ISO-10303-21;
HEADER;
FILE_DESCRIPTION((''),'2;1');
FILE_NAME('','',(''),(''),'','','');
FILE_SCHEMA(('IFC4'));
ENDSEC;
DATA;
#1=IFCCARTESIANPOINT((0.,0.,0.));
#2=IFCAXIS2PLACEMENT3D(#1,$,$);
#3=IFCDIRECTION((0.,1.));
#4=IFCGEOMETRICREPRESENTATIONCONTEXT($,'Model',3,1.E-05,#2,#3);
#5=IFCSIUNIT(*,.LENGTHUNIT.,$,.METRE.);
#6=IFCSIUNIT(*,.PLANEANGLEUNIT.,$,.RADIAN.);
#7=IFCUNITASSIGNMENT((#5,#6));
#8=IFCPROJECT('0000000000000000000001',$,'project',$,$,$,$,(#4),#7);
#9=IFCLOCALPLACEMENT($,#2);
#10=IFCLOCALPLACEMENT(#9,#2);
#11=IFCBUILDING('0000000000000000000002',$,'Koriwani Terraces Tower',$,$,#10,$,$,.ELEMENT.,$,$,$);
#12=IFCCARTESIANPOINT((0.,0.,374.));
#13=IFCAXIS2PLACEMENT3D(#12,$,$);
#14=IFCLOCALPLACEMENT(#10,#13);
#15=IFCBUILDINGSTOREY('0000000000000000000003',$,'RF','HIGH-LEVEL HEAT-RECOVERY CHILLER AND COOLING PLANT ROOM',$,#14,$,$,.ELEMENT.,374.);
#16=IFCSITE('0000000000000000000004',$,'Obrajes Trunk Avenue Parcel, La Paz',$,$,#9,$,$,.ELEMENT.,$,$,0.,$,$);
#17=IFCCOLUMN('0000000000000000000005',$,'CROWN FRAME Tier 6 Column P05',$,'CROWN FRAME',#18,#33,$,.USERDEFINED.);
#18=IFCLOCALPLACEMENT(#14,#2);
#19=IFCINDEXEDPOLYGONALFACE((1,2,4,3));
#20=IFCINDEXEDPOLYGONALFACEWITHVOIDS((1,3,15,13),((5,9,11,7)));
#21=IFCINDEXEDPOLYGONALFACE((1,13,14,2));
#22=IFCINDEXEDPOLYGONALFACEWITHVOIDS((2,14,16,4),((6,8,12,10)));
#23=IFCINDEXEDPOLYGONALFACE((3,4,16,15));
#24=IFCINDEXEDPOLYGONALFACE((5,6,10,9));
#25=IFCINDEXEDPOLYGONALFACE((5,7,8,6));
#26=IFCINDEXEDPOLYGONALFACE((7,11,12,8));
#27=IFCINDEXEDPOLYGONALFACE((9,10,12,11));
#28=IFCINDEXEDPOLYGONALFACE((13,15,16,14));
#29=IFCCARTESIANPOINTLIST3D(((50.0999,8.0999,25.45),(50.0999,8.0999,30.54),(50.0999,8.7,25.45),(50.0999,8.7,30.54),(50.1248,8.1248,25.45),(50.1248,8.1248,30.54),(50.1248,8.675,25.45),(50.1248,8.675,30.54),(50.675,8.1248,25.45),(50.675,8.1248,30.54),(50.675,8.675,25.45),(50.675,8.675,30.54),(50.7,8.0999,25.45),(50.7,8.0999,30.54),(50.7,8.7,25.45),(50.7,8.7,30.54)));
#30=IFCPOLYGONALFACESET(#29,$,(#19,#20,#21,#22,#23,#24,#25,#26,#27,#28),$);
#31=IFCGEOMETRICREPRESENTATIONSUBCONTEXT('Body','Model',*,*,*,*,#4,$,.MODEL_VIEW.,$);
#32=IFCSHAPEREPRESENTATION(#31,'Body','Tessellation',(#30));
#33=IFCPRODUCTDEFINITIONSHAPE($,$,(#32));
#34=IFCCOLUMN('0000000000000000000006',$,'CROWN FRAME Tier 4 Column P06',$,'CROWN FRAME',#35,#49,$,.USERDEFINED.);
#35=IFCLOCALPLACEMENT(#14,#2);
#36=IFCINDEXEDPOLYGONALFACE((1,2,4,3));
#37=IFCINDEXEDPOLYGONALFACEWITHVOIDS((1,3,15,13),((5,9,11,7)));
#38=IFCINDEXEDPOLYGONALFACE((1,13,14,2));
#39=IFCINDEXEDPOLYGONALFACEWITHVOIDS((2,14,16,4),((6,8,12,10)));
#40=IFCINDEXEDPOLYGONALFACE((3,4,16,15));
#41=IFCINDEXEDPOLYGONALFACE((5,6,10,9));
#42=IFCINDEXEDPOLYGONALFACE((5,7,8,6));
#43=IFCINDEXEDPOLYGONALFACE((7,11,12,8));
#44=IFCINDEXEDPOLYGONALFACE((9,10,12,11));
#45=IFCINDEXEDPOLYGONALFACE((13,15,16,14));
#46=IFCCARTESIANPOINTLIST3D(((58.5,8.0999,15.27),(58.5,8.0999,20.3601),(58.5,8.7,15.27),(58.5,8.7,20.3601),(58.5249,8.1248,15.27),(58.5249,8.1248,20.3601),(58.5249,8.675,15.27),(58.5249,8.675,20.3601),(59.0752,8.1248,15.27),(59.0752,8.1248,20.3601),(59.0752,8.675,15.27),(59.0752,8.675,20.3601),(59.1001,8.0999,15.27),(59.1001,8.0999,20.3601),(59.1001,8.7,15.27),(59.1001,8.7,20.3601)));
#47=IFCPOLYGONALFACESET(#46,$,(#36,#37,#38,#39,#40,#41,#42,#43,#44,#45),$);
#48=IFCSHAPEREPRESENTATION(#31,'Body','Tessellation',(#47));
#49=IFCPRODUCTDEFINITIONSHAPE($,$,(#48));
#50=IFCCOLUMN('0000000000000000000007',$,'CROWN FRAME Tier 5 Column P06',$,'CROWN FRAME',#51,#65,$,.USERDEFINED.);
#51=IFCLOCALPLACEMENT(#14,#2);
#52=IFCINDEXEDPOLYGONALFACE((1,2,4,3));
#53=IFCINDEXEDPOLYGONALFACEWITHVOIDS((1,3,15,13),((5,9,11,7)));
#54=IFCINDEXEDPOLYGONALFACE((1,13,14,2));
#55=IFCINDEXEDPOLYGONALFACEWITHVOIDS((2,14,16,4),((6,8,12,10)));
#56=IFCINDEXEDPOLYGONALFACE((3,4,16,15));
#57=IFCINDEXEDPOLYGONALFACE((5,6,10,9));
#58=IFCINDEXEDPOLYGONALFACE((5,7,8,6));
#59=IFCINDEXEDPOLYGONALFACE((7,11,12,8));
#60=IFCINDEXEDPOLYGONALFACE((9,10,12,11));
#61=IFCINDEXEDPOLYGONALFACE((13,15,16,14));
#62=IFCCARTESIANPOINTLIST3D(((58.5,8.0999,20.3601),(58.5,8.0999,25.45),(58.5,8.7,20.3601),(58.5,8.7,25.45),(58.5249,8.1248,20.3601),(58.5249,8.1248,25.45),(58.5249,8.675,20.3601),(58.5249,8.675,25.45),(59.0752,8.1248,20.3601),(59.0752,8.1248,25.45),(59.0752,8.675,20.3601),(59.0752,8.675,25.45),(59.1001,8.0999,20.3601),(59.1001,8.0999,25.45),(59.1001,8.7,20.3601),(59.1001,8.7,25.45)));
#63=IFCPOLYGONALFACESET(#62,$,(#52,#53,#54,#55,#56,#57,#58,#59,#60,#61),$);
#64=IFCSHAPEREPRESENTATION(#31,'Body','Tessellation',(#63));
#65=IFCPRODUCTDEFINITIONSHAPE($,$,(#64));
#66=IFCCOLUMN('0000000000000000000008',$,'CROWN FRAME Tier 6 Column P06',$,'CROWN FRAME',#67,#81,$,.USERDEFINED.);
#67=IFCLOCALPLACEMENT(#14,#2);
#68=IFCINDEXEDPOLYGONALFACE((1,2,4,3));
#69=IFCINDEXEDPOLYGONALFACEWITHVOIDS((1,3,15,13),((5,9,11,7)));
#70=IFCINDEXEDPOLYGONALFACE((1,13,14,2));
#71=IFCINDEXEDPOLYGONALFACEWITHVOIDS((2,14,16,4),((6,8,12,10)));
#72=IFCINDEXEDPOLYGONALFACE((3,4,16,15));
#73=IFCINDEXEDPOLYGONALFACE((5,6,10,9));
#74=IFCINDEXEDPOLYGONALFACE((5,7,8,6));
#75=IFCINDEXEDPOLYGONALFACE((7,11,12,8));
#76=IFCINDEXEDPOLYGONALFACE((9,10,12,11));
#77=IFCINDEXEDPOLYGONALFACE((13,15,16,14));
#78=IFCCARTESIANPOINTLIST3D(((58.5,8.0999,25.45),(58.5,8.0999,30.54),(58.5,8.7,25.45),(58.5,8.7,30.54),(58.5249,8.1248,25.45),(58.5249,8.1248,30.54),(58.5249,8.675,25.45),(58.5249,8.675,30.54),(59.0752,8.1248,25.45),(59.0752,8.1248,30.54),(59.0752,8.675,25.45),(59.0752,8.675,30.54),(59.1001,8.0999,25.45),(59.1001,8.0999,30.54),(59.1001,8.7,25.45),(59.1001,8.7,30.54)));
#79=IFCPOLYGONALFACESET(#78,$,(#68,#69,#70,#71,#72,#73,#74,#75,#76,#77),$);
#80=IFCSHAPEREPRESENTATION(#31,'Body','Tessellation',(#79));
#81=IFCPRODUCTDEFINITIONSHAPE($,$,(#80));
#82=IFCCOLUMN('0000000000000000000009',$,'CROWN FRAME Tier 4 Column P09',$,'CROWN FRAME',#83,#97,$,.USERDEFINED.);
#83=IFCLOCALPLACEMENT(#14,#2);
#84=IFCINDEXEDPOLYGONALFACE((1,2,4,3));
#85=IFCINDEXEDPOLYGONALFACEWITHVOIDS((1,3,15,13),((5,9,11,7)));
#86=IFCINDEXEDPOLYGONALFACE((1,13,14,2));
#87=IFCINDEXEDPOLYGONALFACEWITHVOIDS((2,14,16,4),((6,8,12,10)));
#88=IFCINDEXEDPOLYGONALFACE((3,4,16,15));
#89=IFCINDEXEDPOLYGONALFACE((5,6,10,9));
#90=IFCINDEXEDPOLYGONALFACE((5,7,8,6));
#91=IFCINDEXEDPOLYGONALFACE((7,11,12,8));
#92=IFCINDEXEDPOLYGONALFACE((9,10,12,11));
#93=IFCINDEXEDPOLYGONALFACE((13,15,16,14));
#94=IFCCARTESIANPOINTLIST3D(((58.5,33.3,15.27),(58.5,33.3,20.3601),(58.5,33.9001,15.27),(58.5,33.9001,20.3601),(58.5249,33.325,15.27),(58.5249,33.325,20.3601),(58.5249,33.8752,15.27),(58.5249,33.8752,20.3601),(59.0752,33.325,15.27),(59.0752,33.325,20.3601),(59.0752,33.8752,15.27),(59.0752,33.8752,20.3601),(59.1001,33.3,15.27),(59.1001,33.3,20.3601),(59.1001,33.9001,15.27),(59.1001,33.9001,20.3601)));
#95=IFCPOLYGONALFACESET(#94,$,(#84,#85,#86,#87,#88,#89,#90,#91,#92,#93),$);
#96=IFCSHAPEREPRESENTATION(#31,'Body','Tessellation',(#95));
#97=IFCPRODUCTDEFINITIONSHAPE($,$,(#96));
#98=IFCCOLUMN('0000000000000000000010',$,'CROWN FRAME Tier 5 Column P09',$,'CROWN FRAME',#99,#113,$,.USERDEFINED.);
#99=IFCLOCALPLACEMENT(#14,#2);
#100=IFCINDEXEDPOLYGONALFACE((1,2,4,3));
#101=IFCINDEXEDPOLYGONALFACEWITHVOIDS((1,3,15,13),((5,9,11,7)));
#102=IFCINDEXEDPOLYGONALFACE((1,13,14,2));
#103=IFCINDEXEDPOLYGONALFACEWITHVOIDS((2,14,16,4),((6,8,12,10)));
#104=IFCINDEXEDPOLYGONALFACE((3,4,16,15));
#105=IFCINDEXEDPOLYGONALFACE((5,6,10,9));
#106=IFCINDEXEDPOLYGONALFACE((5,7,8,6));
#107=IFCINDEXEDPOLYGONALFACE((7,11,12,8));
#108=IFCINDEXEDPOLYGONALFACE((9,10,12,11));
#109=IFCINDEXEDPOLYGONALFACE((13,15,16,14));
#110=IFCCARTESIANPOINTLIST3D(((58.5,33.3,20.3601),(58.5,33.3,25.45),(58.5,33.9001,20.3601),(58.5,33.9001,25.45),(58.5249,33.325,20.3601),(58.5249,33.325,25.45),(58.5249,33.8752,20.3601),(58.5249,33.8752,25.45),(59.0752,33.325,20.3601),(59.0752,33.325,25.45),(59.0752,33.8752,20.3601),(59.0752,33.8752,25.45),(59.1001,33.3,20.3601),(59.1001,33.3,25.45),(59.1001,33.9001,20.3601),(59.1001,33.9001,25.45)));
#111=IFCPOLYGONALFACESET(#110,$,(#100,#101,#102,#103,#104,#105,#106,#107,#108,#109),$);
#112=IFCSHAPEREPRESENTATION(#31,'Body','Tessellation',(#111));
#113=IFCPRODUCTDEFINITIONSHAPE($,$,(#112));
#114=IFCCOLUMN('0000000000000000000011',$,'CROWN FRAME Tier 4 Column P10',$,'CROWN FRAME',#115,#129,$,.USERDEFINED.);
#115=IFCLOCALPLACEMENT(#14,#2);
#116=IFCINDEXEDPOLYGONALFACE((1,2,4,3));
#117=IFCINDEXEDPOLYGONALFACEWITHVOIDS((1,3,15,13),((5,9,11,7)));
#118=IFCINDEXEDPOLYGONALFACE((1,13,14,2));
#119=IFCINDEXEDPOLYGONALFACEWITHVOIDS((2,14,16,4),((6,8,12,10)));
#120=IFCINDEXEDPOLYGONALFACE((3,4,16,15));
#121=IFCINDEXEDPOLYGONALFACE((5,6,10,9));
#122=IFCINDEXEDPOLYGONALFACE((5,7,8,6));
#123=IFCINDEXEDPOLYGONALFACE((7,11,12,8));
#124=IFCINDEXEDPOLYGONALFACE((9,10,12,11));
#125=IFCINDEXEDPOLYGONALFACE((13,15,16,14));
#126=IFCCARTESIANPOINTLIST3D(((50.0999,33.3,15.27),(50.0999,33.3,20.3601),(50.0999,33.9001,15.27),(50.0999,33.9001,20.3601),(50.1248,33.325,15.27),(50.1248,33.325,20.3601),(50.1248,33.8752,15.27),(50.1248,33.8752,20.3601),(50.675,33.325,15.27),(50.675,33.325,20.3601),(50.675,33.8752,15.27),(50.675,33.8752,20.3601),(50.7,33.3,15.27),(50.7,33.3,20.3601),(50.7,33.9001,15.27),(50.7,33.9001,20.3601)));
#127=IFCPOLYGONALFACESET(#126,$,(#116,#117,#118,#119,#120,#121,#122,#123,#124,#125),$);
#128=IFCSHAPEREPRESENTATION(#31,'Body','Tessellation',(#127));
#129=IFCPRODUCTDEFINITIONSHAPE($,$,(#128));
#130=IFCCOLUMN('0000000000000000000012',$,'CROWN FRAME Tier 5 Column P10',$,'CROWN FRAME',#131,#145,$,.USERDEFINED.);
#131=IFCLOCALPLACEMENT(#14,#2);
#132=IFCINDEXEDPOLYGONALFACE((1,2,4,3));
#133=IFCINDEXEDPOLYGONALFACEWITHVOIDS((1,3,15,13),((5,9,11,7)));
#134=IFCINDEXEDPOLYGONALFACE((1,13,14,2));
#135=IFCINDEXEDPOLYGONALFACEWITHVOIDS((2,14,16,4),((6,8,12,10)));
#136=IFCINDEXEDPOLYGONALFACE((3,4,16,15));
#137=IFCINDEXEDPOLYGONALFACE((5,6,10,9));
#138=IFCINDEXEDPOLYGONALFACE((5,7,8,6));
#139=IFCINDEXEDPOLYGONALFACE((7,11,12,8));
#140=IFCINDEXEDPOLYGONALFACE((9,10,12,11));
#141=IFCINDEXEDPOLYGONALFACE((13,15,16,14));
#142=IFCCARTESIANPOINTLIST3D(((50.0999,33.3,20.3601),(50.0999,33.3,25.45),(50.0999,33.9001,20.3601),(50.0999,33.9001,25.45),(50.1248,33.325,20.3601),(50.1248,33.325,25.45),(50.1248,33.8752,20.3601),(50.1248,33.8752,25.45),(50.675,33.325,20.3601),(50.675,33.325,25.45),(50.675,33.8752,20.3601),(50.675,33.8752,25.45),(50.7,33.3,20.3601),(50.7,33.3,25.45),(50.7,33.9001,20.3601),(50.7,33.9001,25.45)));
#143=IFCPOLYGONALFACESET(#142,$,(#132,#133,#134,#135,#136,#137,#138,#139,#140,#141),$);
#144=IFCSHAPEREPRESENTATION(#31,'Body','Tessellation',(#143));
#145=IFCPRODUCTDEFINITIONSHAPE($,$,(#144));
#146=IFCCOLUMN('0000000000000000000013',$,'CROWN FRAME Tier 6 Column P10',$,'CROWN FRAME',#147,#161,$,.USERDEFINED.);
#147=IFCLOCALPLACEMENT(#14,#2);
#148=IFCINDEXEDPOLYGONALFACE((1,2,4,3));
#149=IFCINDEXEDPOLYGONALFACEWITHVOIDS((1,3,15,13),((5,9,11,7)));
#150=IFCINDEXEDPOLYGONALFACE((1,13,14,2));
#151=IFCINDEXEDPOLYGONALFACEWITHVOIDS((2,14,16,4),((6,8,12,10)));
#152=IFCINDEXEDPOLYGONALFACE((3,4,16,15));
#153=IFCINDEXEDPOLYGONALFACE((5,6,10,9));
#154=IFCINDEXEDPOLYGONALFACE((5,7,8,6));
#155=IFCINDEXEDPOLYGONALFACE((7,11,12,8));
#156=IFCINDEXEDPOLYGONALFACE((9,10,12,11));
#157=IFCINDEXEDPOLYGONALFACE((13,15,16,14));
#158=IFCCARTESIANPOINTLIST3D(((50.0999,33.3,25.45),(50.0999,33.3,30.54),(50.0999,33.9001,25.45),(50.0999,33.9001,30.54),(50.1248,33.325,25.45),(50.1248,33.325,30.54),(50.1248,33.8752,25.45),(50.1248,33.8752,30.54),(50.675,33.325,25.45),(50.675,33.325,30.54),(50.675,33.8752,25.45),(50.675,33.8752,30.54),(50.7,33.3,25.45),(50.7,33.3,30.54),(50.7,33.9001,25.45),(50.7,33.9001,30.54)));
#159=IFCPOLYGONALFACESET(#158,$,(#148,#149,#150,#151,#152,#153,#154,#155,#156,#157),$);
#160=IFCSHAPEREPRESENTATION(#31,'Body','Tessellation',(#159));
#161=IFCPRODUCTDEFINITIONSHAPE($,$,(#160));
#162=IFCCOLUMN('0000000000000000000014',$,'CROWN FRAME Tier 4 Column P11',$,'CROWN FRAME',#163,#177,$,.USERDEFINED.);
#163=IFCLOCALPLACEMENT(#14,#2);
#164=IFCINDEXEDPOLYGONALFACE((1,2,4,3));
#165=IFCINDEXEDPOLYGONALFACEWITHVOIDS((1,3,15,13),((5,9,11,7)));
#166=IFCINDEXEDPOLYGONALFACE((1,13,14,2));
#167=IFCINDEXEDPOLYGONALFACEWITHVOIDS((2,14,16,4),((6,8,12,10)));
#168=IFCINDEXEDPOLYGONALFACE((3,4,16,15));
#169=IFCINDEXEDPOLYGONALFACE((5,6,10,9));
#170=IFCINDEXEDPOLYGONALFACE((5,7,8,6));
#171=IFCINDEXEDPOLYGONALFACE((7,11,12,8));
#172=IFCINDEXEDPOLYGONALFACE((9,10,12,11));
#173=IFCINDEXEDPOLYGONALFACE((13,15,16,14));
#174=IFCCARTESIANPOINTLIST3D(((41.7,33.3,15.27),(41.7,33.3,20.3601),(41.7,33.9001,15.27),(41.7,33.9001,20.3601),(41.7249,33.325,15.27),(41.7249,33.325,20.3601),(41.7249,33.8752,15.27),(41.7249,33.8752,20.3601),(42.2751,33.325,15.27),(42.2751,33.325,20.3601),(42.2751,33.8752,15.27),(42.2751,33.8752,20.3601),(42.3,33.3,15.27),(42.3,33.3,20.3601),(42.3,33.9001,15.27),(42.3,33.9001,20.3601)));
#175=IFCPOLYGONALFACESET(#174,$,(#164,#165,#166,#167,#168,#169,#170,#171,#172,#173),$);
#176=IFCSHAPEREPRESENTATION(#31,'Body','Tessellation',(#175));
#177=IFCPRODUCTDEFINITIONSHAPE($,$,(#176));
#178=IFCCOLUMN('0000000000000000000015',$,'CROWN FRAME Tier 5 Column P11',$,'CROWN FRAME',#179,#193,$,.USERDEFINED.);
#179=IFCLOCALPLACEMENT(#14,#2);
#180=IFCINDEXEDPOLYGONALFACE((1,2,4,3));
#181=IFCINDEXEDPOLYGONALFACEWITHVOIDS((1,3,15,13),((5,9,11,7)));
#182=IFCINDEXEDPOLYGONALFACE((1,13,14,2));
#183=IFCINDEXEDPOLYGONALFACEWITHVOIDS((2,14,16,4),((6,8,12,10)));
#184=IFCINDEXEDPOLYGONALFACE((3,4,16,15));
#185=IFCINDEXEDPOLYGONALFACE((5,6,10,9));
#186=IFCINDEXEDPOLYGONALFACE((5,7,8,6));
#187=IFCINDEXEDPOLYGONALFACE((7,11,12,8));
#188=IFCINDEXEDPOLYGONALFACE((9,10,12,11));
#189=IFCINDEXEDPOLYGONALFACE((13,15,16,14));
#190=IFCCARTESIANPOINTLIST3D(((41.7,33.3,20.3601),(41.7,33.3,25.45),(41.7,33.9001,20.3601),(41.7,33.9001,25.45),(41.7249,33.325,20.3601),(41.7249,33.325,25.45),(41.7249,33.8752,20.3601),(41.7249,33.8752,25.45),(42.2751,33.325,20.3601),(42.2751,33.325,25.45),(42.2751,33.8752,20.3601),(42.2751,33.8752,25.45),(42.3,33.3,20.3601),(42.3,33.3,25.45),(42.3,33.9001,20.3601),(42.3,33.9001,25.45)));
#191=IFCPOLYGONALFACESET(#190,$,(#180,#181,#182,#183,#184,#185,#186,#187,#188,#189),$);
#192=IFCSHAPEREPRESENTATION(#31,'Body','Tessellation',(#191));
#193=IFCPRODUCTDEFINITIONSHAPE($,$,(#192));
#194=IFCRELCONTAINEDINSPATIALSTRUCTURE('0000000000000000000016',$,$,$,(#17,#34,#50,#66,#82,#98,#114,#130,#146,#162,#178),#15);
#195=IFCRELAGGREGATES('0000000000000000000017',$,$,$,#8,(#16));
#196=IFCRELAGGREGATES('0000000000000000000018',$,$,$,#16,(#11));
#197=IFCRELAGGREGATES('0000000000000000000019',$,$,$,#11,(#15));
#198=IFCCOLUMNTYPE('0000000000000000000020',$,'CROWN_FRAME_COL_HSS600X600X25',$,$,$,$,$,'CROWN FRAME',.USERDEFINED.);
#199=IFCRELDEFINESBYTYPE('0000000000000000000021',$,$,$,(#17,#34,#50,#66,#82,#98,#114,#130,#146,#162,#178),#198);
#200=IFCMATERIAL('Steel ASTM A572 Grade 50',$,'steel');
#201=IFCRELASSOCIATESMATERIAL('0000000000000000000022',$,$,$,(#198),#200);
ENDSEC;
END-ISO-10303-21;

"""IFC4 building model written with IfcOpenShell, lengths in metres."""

from ifc_helpers import new_model, si_unit, direction, frame, origin, origin_2d, place, context, subcontext, project, spatial, hollow_rectangle, extrude, material, material_profile, profile_set, type_object, element, save


model = new_model("IFC4")

# Units and contexts
model_context = context("Model", 3, precision=1e-05, world=origin(), true_north=direction((0.0, 1.0)))
body_context = subcontext(model_context, "Body", "Model", "MODEL_VIEW")
ifc_project = project(units=[si_unit("LENGTHUNIT", "METRE"), si_unit("PLANEANGLEUNIT", "RADIAN")], contexts=[model_context])

# Site, building, storey
site_placement = place(None, origin())
site = spatial("IfcSite", under=ifc_project, at=site_placement, Name="Obrajes Trunk Avenue Parcel, La Paz", CompositionType="ELEMENT", RefElevation=0.0)
building_placement = place(site_placement, origin())
building = spatial("IfcBuilding", under=site, at=building_placement, Name="Koriwani Terraces Tower", CompositionType="ELEMENT")
storey_placement = place(building_placement, frame((0.0, 0.0, 374.0)))
storey = spatial("IfcBuildingStorey", under=building, at=storey_placement, Name="RF", Description="HIGH-LEVEL HEAT-RECOVERY CHILLER AND COOLING PLANT ROOM", CompositionType="ELEMENT", Elevation=374.0)

# Columns
ifc_material = material(Name="Steel ASTM A572 Grade 50", Category="steel")
ifc_material_profile_1 = material_profile(ifc_material, hollow_rectangle(XDim=0.6001, YDim=0.6001, WallThickness=0.0249, at=origin_2d()), Name="Steel ASTM A572 Grade 50", Category="LoadBearing")
ifc_profile_set_1 = profile_set([ifc_material_profile_1], Name="Steel ASTM A572 Grade 50")
column_type = type_object("IfcColumnType", Name="CROWN_FRAME_COL_HSS600X600X25", ElementType="CROWN FRAME", PredefinedType="USERDEFINED", material=ifc_profile_set_1)
for number, where, z_axis, x_axis, name in (
    (1, (50.3999, 8.3999, 25.45), (0.0, 0.0, 1.0), (1.0, 0.0, 0.0), "CROWN FRAME Tier 6 Column P05"),
    (2, (58.8, 8.3999, 15.27), (0.0, 0.0, 1.0), (1.0, 0.0, 0.0), "CROWN FRAME Tier 4 Column P06"),
):
    element("IfcColumn", number, at=place(storey_placement, frame(where, z_axis=z_axis, x_axis=x_axis)), inside=storey, type_object=column_type, Name=name, ObjectType="CROWN FRAME", PredefinedType="USERDEFINED", context=body_context, shape_type="SweptSolid", body=[
        extrude(hollow_rectangle(XDim=0.6001, YDim=0.6001, WallThickness=0.0249, at=origin_2d()), origin(), (0.0, 0.0, 1.0), 5.0901),
    ])
column_1_placement = place(storey_placement, frame((58.8, 8.3999, 20.3601), z_axis=(0.0, 0.0, 1.0), x_axis=(1.0, 0.0, 0.0)))
element("IfcColumn", 3, at=column_1_placement, inside=storey, type_object=column_type, Name="CROWN FRAME Tier 5 Column P06", ObjectType="CROWN FRAME", PredefinedType="USERDEFINED", context=body_context, shape_type="SweptSolid", body=[
    extrude(hollow_rectangle(XDim=0.6001, YDim=0.6001, WallThickness=0.0249, at=origin_2d()), origin(), (0.0, 0.0, 1.0), 5.0898),
])
for number, where, z_axis, x_axis, name in (
    (4, (58.8, 8.3999, 25.45), (0.0, 0.0, 1.0), (1.0, 0.0, 0.0), "CROWN FRAME Tier 6 Column P06"),
    (5, (58.8, 33.6001, 15.27), (0.0, 0.0, 1.0), (1.0, 0.0, 0.0), "CROWN FRAME Tier 4 Column P09"),
):
    element("IfcColumn", number, at=place(storey_placement, frame(where, z_axis=z_axis, x_axis=x_axis)), inside=storey, type_object=column_type, Name=name, ObjectType="CROWN FRAME", PredefinedType="USERDEFINED", context=body_context, shape_type="SweptSolid", body=[
        extrude(hollow_rectangle(XDim=0.6001, YDim=0.6001, WallThickness=0.0249, at=origin_2d()), origin(), (0.0, 0.0, 1.0), 5.0901),
    ])
column_2_placement = place(storey_placement, frame((58.8, 33.6001, 20.3601), z_axis=(0.0, 0.0, 1.0), x_axis=(1.0, 0.0, 0.0)))
element("IfcColumn", 6, at=column_2_placement, inside=storey, type_object=column_type, Name="CROWN FRAME Tier 5 Column P09", ObjectType="CROWN FRAME", PredefinedType="USERDEFINED", context=body_context, shape_type="SweptSolid", body=[
    extrude(hollow_rectangle(XDim=0.6001, YDim=0.6001, WallThickness=0.0249, at=origin_2d()), origin(), (0.0, 0.0, 1.0), 5.0898),
])
column_3_placement = place(storey_placement, frame((50.3999, 33.6001, 15.27), z_axis=(0.0, 0.0, 1.0), x_axis=(1.0, 0.0, 0.0)))
element("IfcColumn", 7, at=column_3_placement, inside=storey, type_object=column_type, Name="CROWN FRAME Tier 4 Column P10", ObjectType="CROWN FRAME", PredefinedType="USERDEFINED", context=body_context, shape_type="SweptSolid", body=[
    extrude(hollow_rectangle(XDim=0.6001, YDim=0.6001, WallThickness=0.0249, at=origin_2d()), origin(), (0.0, 0.0, 1.0), 5.0901),
])
column_4_placement = place(storey_placement, frame((50.3999, 33.6001, 20.3601), z_axis=(0.0, 0.0, 1.0), x_axis=(1.0, 0.0, 0.0)))
element("IfcColumn", 8, at=column_4_placement, inside=storey, type_object=column_type, Name="CROWN FRAME Tier 5 Column P10", ObjectType="CROWN FRAME", PredefinedType="USERDEFINED", context=body_context, shape_type="SweptSolid", body=[
    extrude(hollow_rectangle(XDim=0.6001, YDim=0.6001, WallThickness=0.0249, at=origin_2d()), origin(), (0.0, 0.0, 1.0), 5.0898),
])
for number, where, z_axis, x_axis, name in (
    (9, (50.3999, 33.6001, 25.45), (0.0, 0.0, 1.0), (1.0, 0.0, 0.0), "CROWN FRAME Tier 6 Column P10"),
    (10, (42.0, 33.6001, 15.27), (0.0, 0.0, 1.0), (1.0, 0.0, 0.0), "CROWN FRAME Tier 4 Column P11"),
):
    element("IfcColumn", number, at=place(storey_placement, frame(where, z_axis=z_axis, x_axis=x_axis)), inside=storey, type_object=column_type, Name=name, ObjectType="CROWN FRAME", PredefinedType="USERDEFINED", context=body_context, shape_type="SweptSolid", body=[
        extrude(hollow_rectangle(XDim=0.6001, YDim=0.6001, WallThickness=0.0249, at=origin_2d()), origin(), (0.0, 0.0, 1.0), 5.0901),
    ])
column_5_placement = place(storey_placement, frame((42.0, 33.6001, 20.3601), z_axis=(0.0, 0.0, 1.0), x_axis=(1.0, 0.0, 0.0)))
element("IfcColumn", 11, at=column_5_placement, inside=storey, type_object=column_type, Name="CROWN FRAME Tier 5 Column P11", ObjectType="CROWN FRAME", PredefinedType="USERDEFINED", context=body_context, shape_type="SweptSolid", body=[
    extrude(hollow_rectangle(XDim=0.6001, YDim=0.6001, WallThickness=0.0249, at=origin_2d()), origin(), (0.0, 0.0, 1.0), 5.0898),
])

save(model, "model.ifc")
